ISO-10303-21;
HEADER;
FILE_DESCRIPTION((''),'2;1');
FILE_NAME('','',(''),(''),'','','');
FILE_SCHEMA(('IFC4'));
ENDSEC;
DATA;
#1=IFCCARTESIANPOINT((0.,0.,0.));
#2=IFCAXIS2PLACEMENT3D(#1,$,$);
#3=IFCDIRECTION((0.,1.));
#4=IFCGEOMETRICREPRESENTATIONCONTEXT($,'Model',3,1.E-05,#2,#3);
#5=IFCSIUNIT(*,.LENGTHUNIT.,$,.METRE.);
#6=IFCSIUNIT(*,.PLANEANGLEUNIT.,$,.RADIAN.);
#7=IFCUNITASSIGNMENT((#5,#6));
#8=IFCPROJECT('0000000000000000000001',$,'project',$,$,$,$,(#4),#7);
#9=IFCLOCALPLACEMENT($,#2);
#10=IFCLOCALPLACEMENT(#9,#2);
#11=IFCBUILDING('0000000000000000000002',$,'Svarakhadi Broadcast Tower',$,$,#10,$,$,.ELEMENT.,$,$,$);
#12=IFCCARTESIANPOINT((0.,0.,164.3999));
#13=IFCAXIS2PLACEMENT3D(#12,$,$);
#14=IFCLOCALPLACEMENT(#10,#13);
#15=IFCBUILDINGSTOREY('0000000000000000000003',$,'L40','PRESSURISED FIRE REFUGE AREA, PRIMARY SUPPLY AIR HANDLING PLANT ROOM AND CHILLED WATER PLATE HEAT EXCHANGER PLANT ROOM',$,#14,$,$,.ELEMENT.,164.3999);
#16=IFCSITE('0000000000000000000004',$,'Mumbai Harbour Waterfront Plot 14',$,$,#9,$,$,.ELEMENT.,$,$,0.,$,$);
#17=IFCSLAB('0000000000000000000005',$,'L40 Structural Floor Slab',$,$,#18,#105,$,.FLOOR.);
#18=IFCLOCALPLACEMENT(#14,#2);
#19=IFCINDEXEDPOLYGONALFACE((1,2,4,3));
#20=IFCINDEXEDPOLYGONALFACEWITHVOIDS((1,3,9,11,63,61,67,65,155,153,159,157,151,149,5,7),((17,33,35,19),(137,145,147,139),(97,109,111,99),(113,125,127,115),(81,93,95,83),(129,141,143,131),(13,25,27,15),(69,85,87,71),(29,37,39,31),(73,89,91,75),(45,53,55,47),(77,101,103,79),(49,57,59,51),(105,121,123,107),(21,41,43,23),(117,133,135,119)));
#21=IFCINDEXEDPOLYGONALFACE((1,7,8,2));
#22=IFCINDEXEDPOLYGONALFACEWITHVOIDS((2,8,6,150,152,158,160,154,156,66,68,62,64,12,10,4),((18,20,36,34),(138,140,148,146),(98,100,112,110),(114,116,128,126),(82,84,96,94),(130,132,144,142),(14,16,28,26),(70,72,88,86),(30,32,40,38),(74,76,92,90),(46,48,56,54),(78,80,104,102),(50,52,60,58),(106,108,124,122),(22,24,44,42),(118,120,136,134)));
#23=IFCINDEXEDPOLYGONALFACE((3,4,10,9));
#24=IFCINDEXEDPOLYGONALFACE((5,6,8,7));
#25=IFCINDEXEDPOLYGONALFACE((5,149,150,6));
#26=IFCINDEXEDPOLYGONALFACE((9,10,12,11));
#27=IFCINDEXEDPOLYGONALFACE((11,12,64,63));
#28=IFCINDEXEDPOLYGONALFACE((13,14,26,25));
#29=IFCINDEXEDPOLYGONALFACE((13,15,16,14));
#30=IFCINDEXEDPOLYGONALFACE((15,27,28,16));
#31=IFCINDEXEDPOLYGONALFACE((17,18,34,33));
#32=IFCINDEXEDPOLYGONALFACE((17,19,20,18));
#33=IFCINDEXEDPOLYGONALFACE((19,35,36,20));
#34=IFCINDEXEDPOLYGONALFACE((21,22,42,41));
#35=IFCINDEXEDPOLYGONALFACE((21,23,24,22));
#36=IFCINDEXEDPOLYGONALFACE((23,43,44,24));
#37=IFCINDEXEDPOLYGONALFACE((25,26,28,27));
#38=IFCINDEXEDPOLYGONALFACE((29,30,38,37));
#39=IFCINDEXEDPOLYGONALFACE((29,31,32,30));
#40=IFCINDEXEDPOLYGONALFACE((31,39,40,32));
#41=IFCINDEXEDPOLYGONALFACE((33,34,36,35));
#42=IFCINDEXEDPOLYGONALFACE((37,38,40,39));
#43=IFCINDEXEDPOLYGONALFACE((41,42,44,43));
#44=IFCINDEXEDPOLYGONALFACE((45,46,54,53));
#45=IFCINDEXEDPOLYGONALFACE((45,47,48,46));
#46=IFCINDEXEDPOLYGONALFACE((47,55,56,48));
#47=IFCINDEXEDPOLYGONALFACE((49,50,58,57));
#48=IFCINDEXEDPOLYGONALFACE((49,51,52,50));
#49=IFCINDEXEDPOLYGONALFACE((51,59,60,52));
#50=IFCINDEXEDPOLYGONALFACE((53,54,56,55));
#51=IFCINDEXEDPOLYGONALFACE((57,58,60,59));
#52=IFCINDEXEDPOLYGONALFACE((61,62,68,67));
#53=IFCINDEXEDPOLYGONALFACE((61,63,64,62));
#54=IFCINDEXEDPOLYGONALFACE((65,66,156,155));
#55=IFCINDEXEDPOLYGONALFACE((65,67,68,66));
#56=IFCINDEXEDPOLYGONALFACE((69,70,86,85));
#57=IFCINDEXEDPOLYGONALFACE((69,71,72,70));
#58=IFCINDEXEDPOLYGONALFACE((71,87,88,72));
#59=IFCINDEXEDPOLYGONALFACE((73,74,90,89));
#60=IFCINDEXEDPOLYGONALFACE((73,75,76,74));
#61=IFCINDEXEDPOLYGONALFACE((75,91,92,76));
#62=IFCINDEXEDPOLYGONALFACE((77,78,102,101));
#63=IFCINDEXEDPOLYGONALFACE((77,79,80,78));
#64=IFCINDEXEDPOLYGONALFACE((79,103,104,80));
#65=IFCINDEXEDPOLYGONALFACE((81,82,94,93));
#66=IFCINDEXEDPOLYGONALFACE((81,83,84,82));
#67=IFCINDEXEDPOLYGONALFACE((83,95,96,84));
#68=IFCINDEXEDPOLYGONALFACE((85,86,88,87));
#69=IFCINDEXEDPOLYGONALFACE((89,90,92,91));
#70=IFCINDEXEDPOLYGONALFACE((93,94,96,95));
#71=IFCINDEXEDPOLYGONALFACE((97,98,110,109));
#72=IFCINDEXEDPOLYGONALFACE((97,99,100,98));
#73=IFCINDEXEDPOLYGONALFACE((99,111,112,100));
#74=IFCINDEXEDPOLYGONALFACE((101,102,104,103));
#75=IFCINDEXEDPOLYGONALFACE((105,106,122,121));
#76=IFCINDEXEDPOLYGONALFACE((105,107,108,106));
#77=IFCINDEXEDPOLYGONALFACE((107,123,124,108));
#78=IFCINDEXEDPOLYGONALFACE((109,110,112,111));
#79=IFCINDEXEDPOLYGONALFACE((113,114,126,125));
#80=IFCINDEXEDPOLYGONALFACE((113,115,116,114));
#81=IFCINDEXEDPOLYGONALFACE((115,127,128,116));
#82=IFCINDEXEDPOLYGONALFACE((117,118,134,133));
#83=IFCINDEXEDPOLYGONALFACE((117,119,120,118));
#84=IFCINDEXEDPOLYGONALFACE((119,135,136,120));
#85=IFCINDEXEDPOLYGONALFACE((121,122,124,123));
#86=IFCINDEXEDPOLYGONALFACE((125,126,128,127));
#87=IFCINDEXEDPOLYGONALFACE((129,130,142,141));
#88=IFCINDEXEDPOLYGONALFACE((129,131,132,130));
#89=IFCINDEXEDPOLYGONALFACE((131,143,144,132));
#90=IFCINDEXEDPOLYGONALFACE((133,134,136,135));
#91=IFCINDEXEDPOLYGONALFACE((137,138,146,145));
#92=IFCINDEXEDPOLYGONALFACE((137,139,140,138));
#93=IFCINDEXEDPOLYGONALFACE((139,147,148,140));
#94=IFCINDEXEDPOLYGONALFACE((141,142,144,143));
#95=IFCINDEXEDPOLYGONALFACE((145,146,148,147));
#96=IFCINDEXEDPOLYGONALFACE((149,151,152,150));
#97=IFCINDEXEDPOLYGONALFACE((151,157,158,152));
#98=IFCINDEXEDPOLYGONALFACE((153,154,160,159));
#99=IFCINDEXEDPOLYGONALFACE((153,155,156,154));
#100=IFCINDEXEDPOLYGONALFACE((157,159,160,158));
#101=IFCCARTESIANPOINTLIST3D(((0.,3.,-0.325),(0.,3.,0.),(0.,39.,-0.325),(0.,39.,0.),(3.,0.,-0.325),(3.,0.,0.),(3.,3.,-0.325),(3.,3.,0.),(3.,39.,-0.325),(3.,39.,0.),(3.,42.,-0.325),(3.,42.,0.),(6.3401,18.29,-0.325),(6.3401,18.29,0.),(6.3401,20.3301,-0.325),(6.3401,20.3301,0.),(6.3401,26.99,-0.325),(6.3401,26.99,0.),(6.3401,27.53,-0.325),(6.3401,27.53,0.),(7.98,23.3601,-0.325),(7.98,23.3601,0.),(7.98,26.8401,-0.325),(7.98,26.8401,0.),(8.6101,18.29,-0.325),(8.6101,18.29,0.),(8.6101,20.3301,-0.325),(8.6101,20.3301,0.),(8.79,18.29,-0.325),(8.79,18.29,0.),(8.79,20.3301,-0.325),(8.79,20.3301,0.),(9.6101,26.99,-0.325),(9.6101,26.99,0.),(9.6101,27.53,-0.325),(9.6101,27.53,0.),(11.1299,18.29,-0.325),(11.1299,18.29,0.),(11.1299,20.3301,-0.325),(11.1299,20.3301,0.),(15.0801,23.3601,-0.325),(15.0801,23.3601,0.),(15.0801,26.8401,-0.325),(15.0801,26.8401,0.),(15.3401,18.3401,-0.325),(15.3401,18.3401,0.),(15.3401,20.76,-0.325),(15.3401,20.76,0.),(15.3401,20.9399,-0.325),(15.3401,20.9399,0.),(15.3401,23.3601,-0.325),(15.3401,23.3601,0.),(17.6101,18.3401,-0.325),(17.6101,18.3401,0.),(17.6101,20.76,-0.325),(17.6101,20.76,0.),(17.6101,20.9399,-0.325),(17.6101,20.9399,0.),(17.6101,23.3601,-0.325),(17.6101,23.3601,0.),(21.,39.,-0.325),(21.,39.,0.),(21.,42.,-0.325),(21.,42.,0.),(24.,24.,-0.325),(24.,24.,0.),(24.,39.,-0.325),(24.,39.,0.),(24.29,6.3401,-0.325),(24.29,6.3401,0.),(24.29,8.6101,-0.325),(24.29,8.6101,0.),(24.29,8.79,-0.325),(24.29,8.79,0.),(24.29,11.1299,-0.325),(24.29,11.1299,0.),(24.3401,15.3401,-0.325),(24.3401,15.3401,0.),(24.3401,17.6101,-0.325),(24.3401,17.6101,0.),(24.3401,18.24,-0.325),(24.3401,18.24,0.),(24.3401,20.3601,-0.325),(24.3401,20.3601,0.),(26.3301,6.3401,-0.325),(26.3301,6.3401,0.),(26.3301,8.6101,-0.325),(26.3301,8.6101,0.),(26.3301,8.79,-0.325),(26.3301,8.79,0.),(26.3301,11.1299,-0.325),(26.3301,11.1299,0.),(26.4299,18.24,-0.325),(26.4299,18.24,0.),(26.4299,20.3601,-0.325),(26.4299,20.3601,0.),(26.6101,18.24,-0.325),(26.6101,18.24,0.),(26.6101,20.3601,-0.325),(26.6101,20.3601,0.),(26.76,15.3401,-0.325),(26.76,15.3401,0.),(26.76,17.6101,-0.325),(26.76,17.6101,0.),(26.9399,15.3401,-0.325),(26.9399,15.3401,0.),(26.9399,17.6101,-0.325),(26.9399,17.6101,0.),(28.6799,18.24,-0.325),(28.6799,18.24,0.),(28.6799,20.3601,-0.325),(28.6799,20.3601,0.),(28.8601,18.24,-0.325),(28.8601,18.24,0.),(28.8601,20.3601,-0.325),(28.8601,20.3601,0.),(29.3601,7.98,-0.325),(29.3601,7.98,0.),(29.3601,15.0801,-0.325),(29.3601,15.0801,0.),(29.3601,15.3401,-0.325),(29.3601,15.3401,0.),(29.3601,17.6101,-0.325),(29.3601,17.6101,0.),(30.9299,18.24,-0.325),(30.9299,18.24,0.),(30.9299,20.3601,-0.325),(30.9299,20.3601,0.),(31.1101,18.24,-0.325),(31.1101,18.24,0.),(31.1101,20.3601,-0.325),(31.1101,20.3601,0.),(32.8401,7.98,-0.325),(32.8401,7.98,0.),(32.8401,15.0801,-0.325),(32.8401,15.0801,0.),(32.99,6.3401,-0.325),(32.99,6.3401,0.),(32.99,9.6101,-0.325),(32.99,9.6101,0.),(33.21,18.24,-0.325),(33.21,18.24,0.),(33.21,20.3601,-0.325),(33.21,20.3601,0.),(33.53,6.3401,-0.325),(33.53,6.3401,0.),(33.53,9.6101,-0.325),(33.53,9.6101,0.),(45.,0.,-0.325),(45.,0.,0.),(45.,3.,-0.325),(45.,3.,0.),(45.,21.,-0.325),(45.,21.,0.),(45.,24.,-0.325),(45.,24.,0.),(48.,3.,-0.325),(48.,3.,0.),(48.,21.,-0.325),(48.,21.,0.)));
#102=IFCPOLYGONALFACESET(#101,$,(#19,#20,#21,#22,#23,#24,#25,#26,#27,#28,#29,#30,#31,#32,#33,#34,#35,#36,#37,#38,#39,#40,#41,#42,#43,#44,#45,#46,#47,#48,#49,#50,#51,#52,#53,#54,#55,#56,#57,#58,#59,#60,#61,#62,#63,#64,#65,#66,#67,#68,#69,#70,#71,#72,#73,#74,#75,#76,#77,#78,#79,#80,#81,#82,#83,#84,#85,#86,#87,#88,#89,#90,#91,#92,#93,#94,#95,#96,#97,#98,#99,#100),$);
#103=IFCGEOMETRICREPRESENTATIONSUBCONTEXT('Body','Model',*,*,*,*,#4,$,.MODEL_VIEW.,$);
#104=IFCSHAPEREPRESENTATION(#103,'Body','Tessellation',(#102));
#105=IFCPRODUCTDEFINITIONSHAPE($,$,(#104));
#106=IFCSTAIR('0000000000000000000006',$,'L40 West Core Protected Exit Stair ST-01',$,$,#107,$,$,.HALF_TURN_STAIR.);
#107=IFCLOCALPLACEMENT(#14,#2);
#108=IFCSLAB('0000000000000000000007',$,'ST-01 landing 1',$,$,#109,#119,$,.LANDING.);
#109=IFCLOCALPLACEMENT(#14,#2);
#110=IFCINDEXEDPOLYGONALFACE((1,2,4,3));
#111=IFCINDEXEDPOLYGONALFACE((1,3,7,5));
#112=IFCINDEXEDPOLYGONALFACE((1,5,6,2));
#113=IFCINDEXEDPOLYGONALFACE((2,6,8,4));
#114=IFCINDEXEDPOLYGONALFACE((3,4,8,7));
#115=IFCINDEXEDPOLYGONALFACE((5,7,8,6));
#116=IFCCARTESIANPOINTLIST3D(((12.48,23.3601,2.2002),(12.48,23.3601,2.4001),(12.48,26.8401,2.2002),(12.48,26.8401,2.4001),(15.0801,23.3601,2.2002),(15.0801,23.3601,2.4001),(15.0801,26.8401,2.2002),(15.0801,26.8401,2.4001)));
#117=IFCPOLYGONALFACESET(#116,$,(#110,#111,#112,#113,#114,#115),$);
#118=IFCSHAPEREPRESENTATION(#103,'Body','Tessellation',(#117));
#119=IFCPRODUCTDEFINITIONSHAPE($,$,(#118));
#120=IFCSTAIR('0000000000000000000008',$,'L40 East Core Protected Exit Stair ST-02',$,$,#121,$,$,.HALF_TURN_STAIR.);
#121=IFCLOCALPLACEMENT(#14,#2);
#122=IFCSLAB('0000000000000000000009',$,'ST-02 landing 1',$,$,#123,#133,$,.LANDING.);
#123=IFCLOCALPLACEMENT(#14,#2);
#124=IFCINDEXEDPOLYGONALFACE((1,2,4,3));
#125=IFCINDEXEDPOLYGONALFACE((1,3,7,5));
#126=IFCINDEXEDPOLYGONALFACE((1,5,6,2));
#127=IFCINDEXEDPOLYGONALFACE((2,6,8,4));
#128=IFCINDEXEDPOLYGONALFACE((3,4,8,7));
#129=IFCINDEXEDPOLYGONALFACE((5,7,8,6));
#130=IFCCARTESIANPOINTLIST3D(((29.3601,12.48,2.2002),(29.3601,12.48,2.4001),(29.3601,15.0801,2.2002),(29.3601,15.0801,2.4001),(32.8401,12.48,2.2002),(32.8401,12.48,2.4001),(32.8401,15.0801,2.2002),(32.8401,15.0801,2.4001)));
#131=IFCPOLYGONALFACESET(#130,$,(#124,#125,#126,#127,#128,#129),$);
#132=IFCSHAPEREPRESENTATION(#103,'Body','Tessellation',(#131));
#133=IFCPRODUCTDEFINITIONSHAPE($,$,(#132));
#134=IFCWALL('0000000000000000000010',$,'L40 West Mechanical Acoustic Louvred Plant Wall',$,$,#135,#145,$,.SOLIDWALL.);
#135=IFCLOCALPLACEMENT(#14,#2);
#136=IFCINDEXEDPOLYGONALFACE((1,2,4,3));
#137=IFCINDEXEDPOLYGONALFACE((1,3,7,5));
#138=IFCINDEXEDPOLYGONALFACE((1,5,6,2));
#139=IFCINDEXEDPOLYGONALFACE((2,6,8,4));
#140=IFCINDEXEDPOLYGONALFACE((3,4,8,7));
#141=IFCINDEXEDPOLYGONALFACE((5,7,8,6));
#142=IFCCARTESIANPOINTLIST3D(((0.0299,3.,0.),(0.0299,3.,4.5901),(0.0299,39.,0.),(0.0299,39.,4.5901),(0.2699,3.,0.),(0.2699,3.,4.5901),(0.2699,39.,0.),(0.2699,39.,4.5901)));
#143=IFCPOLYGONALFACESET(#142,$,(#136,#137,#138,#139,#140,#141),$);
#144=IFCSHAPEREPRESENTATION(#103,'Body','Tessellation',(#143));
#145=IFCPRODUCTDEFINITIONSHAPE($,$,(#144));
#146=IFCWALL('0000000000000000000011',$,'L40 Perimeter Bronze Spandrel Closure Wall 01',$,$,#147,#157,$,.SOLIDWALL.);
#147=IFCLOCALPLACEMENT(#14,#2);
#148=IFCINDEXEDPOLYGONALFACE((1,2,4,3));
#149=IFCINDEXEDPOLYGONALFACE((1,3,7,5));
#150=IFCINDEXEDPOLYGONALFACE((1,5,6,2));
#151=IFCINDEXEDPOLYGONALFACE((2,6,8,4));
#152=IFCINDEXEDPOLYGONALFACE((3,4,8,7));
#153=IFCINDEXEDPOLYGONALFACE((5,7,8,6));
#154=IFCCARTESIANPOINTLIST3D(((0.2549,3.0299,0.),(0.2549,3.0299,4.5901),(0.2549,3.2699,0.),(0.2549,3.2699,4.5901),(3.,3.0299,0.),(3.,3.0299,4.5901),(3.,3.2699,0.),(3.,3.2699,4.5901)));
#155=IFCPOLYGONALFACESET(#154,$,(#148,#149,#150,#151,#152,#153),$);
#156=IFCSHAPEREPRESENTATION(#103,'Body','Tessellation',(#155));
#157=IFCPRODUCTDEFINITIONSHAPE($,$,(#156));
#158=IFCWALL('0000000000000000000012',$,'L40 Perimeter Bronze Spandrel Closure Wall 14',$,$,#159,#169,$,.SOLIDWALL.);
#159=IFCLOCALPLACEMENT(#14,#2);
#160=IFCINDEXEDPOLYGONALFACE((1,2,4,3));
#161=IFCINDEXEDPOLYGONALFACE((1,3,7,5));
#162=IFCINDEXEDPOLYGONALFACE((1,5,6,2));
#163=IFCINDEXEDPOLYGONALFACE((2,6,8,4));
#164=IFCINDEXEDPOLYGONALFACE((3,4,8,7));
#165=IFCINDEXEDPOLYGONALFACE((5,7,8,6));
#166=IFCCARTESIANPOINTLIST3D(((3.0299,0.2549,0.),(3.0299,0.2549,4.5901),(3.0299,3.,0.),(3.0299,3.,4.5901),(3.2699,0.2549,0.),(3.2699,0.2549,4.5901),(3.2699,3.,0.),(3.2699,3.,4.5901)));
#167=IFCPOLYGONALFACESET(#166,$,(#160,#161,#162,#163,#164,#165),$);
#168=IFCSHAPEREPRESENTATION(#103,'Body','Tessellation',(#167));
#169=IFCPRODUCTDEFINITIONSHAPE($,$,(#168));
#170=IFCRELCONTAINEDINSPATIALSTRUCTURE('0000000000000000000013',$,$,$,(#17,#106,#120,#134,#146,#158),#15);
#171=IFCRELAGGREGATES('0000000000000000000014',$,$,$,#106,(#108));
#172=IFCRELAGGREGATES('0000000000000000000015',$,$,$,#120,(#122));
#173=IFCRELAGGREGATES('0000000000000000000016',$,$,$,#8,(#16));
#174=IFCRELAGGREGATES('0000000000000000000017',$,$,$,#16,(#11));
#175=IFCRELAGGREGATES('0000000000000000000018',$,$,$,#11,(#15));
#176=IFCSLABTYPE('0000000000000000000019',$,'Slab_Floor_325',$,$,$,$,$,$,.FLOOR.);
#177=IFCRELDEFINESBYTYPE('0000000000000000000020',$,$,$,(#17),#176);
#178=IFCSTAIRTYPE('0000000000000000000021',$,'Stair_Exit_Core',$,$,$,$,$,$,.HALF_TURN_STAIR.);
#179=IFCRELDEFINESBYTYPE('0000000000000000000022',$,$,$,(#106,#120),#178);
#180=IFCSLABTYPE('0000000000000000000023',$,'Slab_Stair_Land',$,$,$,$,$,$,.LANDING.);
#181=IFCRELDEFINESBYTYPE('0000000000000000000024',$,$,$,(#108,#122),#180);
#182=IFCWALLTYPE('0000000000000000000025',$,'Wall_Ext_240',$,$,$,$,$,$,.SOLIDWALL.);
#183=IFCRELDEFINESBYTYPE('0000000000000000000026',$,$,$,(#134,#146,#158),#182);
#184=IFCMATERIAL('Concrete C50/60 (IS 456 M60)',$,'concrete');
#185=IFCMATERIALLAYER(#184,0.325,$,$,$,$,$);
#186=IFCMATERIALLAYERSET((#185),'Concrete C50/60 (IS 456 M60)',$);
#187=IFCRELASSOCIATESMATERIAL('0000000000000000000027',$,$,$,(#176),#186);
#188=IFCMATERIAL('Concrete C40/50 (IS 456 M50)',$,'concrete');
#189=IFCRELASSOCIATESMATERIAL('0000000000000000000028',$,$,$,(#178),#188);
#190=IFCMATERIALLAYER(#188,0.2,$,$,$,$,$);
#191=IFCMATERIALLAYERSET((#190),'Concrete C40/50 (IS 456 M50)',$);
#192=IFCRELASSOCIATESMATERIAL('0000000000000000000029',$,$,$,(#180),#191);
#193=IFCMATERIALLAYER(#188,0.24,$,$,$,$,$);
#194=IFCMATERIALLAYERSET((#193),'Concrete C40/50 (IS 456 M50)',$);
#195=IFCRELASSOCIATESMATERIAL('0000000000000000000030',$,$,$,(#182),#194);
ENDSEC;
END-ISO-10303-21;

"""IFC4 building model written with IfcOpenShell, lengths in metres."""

from ifc_helpers import new_model, si_unit, direction, frame, frame_2d, origin, place, context, subcontext, project, spatial, polyline, rectangle, outline, extrude, material, layer, layer_set, type_object, element, aggregate, save


model = new_model("IFC4")

# Units and contexts
model_context = context("Model", 3, precision=1e-05, world=origin(), true_north=direction((0.0, 1.0)))
body_context = subcontext(model_context, "Body", "Model", "MODEL_VIEW")
ifc_project = project(units=[si_unit("LENGTHUNIT", "METRE"), si_unit("PLANEANGLEUNIT", "RADIAN")], contexts=[model_context])

# Site, building, storey
site_placement = place(None, origin())
site = spatial("IfcSite", under=ifc_project, at=site_placement, Name="Mumbai Harbour Waterfront Plot 14", CompositionType="ELEMENT", RefElevation=0.0)
building_placement = place(site_placement, origin())
building = spatial("IfcBuilding", under=site, at=building_placement, Name="Svarakhadi Broadcast Tower", CompositionType="ELEMENT")
storey_placement = place(building_placement, frame((0.0, 0.0, 164.3999)))
storey = spatial("IfcBuildingStorey", under=building, at=storey_placement, Name="L40", Description="PRESSURISED FIRE REFUGE AREA, PRIMARY SUPPLY AIR HANDLING PLANT ROOM AND CHILLED WATER PLATE HEAT EXCHANGER PLANT ROOM", CompositionType="ELEMENT", Elevation=164.3999)

# Shared definitions
ifc_material_1 = material(Name="Concrete C50/60 (IS 456 M60)", Category="concrete")

# Slab
ifc_layer_1 = layer(ifc_material_1, 0.325)
ifc_layer_set_1 = layer_set([ifc_layer_1], Name="Concrete C50/60 (IS 456 M60)")
slab_type_1 = type_object("IfcSlabType", Name="Slab_Floor_325", PredefinedType="FLOOR", material=ifc_layer_set_1)
slab_1_placement = place(storey_placement, frame((0.0, 0.0, -0.325)))
element("IfcSlab", 1, at=slab_1_placement, inside=storey, type_object=slab_type_1, Name="L40 Structural Floor Slab", PredefinedType="FLOOR", context=body_context, shape_type="SweptSolid", body=[
    extrude(outline(polyline([(3.0, 0.0), (45.0, 0.0), (45.0, 3.0), (48.0, 3.0), (48.0, 21.0), (45.0, 21.0), (45.0, 24.0), (24.0, 24.0), (24.0, 39.0), (21.0, 39.0), (21.0, 42.0), (3.0, 42.0), (3.0, 39.0), (0.0, 39.0), (0.0, 3.0), (3.0, 3.0), (3.0, 0.0)]), holes=[polyline([(7.98, 23.3601), (15.0801, 23.3601), (15.0801, 26.8401), (7.98, 26.8401), (7.98, 23.3601)]), polyline([(32.8401, 7.98), (32.8401, 15.0801), (29.3601, 15.0801), (29.3601, 7.98), (32.8401, 7.98)]), polyline([(6.3401, 18.29), (8.6101, 18.29), (8.6101, 20.3301), (6.3401, 20.3301), (6.3401, 18.29)]), polyline([(8.79, 18.29), (11.1299, 18.29), (11.1299, 20.3301), (8.79, 20.3301), (8.79, 18.29)]), polyline([(24.29, 6.3401), (26.3301, 6.3401), (26.3301, 8.6101), (24.29, 8.6101), (24.29, 6.3401)]), polyline([(24.29, 8.79), (26.3301, 8.79), (26.3301, 11.1299), (24.29, 11.1299), (24.29, 8.79)]), polyline([(6.3401, 26.99), (9.6101, 26.99), (9.6101, 27.53), (6.3401, 27.53), (6.3401, 26.99)]), polyline([(32.99, 6.3401), (33.53, 6.3401), (33.53, 9.6101), (32.99, 9.6101), (32.99, 6.3401)]), polyline([(15.3401, 18.3401), (17.6101, 18.3401), (17.6101, 20.76), (15.3401, 20.76), (15.3401, 18.3401)]), polyline([(15.3401, 20.9399), (17.6101, 20.9399), (17.6101, 23.3601), (15.3401, 23.3601), (15.3401, 20.9399)]), polyline([(24.3401, 15.3401), (26.76, 15.3401), (26.76, 17.6101), (24.3401, 17.6101), (24.3401, 15.3401)]), polyline([(26.9399, 15.3401), (29.3601, 15.3401), (29.3601, 17.6101), (26.9399, 17.6101), (26.9399, 15.3401)]), polyline([(24.3401, 18.24), (26.4299, 18.24), (26.4299, 20.3601), (24.3401, 20.3601), (24.3401, 18.24)]), polyline([(26.6101, 18.24), (28.6799, 18.24), (28.6799, 20.3601), (26.6101, 20.3601), (26.6101, 18.24)]), polyline([(28.8601, 18.24), (30.9299, 18.24), (30.9299, 20.3601), (28.8601, 20.3601), (28.8601, 18.24)]), polyline([(31.1101, 18.24), (33.21, 18.24), (33.21, 20.3601), (31.1101, 20.3601), (31.1101, 18.24)])]), origin(), (0.0, 0.0, 1.0), 0.325),
])

# Stairs, slabs
ifc_material_2 = material(Name="Concrete C40/50 (IS 456 M50)", Category="concrete")
stair_type = type_object("IfcStairType", Name="Stair_Exit_Core", PredefinedType="HALF_TURN_STAIR", material=ifc_material_2)
stair_1_placement = place(storey_placement, origin())
stair_1 = element("IfcStair", 2, at=stair_1_placement, inside=storey, type_object=stair_type, Name="L40 West Core Protected Exit Stair ST-01", PredefinedType="HALF_TURN_STAIR")
ifc_layer_2 = layer(ifc_material_2, 0.2)
ifc_layer_set_2 = layer_set([ifc_layer_2], Name="Concrete C40/50 (IS 456 M50)")
slab_type_2 = type_object("IfcSlabType", Name="Slab_Stair_Land", PredefinedType="LANDING", material=ifc_layer_set_2)
slab_2_placement = place(storey_placement, frame((0.0, 0.0, 2.2002)))
slab_2 = element("IfcSlab", 3, at=slab_2_placement, type_object=slab_type_2, Name="ST-01 landing 1", PredefinedType="LANDING", context=body_context, shape_type="SweptSolid", body=[
    extrude(outline(polyline([(12.48, 23.3601), (15.0801, 23.3601), (15.0801, 26.8401), (12.48, 26.8401), (12.48, 23.3601)])), origin(), (0.0, 0.0, 1.0), 0.2),
])
aggregate(stair_1, [slab_2])
stair_2_placement = place(storey_placement, origin())
stair_2 = element("IfcStair", 4, at=stair_2_placement, inside=storey, type_object=stair_type, Name="L40 East Core Protected Exit Stair ST-02", PredefinedType="HALF_TURN_STAIR")
slab_3_placement = place(storey_placement, frame((0.0, 0.0, 2.2002)))
slab_3 = element("IfcSlab", 5, at=slab_3_placement, type_object=slab_type_2, Name="ST-02 landing 1", PredefinedType="LANDING", context=body_context, shape_type="SweptSolid", body=[
    extrude(outline(polyline([(32.8401, 12.48), (32.8401, 15.0801), (29.3601, 15.0801), (29.3601, 12.48), (32.8401, 12.48)])), origin(), (0.0, 0.0, 1.0), 0.2),
])
aggregate(stair_2, [slab_3])

# Walls
ifc_layer_3 = layer(ifc_material_2, 0.24)
ifc_layer_set_3 = layer_set([ifc_layer_3], Name="Concrete C40/50 (IS 456 M50)")
wall_type = type_object("IfcWallType", Name="Wall_Ext_240", PredefinedType="SOLIDWALL", material=ifc_layer_set_3)
wall_placement = place(storey_placement, frame((0.1499, 3.0, 0.0), z_axis=(0.0, 0.0, 1.0), x_axis=(0.0, 1.0, 0.0)))
element("IfcWall", 6, at=wall_placement, inside=storey, type_object=wall_type, Name="L40 West Mechanical Acoustic Louvred Plant Wall", PredefinedType="SOLIDWALL", context=body_context, shape_type="SweptSolid", body=[
    extrude(rectangle(XDim=36.0, YDim=0.24, at=frame_2d((18.0, 0.0))), origin(), (0.0, 0.0, 1.0), 4.5901),
])
for number, where, z_axis, x_axis, name in (
    (7, (3.0, 3.1499, 0.0), (0.0, 0.0, 1.0), (-1.0, 0.0, 0.0), "L40 Perimeter Bronze Spandrel Closure Wall 01"),
    (8, (3.1499, 0.2549, 0.0), (0.0, 0.0, 1.0), (0.0, 1.0, 0.0), "L40 Perimeter Bronze Spandrel Closure Wall 14"),
):
    element("IfcWall", number, at=place(storey_placement, frame(where, z_axis=z_axis, x_axis=x_axis)), inside=storey, type_object=wall_type, Name=name, PredefinedType="SOLIDWALL", context=body_context, shape_type="SweptSolid", body=[
        extrude(rectangle(XDim=2.7451, YDim=0.24, at=frame_2d((1.3726, 0.0))), origin(), (0.0, 0.0, 1.0), 4.5901),
    ])

save(model, "model.ifc")
